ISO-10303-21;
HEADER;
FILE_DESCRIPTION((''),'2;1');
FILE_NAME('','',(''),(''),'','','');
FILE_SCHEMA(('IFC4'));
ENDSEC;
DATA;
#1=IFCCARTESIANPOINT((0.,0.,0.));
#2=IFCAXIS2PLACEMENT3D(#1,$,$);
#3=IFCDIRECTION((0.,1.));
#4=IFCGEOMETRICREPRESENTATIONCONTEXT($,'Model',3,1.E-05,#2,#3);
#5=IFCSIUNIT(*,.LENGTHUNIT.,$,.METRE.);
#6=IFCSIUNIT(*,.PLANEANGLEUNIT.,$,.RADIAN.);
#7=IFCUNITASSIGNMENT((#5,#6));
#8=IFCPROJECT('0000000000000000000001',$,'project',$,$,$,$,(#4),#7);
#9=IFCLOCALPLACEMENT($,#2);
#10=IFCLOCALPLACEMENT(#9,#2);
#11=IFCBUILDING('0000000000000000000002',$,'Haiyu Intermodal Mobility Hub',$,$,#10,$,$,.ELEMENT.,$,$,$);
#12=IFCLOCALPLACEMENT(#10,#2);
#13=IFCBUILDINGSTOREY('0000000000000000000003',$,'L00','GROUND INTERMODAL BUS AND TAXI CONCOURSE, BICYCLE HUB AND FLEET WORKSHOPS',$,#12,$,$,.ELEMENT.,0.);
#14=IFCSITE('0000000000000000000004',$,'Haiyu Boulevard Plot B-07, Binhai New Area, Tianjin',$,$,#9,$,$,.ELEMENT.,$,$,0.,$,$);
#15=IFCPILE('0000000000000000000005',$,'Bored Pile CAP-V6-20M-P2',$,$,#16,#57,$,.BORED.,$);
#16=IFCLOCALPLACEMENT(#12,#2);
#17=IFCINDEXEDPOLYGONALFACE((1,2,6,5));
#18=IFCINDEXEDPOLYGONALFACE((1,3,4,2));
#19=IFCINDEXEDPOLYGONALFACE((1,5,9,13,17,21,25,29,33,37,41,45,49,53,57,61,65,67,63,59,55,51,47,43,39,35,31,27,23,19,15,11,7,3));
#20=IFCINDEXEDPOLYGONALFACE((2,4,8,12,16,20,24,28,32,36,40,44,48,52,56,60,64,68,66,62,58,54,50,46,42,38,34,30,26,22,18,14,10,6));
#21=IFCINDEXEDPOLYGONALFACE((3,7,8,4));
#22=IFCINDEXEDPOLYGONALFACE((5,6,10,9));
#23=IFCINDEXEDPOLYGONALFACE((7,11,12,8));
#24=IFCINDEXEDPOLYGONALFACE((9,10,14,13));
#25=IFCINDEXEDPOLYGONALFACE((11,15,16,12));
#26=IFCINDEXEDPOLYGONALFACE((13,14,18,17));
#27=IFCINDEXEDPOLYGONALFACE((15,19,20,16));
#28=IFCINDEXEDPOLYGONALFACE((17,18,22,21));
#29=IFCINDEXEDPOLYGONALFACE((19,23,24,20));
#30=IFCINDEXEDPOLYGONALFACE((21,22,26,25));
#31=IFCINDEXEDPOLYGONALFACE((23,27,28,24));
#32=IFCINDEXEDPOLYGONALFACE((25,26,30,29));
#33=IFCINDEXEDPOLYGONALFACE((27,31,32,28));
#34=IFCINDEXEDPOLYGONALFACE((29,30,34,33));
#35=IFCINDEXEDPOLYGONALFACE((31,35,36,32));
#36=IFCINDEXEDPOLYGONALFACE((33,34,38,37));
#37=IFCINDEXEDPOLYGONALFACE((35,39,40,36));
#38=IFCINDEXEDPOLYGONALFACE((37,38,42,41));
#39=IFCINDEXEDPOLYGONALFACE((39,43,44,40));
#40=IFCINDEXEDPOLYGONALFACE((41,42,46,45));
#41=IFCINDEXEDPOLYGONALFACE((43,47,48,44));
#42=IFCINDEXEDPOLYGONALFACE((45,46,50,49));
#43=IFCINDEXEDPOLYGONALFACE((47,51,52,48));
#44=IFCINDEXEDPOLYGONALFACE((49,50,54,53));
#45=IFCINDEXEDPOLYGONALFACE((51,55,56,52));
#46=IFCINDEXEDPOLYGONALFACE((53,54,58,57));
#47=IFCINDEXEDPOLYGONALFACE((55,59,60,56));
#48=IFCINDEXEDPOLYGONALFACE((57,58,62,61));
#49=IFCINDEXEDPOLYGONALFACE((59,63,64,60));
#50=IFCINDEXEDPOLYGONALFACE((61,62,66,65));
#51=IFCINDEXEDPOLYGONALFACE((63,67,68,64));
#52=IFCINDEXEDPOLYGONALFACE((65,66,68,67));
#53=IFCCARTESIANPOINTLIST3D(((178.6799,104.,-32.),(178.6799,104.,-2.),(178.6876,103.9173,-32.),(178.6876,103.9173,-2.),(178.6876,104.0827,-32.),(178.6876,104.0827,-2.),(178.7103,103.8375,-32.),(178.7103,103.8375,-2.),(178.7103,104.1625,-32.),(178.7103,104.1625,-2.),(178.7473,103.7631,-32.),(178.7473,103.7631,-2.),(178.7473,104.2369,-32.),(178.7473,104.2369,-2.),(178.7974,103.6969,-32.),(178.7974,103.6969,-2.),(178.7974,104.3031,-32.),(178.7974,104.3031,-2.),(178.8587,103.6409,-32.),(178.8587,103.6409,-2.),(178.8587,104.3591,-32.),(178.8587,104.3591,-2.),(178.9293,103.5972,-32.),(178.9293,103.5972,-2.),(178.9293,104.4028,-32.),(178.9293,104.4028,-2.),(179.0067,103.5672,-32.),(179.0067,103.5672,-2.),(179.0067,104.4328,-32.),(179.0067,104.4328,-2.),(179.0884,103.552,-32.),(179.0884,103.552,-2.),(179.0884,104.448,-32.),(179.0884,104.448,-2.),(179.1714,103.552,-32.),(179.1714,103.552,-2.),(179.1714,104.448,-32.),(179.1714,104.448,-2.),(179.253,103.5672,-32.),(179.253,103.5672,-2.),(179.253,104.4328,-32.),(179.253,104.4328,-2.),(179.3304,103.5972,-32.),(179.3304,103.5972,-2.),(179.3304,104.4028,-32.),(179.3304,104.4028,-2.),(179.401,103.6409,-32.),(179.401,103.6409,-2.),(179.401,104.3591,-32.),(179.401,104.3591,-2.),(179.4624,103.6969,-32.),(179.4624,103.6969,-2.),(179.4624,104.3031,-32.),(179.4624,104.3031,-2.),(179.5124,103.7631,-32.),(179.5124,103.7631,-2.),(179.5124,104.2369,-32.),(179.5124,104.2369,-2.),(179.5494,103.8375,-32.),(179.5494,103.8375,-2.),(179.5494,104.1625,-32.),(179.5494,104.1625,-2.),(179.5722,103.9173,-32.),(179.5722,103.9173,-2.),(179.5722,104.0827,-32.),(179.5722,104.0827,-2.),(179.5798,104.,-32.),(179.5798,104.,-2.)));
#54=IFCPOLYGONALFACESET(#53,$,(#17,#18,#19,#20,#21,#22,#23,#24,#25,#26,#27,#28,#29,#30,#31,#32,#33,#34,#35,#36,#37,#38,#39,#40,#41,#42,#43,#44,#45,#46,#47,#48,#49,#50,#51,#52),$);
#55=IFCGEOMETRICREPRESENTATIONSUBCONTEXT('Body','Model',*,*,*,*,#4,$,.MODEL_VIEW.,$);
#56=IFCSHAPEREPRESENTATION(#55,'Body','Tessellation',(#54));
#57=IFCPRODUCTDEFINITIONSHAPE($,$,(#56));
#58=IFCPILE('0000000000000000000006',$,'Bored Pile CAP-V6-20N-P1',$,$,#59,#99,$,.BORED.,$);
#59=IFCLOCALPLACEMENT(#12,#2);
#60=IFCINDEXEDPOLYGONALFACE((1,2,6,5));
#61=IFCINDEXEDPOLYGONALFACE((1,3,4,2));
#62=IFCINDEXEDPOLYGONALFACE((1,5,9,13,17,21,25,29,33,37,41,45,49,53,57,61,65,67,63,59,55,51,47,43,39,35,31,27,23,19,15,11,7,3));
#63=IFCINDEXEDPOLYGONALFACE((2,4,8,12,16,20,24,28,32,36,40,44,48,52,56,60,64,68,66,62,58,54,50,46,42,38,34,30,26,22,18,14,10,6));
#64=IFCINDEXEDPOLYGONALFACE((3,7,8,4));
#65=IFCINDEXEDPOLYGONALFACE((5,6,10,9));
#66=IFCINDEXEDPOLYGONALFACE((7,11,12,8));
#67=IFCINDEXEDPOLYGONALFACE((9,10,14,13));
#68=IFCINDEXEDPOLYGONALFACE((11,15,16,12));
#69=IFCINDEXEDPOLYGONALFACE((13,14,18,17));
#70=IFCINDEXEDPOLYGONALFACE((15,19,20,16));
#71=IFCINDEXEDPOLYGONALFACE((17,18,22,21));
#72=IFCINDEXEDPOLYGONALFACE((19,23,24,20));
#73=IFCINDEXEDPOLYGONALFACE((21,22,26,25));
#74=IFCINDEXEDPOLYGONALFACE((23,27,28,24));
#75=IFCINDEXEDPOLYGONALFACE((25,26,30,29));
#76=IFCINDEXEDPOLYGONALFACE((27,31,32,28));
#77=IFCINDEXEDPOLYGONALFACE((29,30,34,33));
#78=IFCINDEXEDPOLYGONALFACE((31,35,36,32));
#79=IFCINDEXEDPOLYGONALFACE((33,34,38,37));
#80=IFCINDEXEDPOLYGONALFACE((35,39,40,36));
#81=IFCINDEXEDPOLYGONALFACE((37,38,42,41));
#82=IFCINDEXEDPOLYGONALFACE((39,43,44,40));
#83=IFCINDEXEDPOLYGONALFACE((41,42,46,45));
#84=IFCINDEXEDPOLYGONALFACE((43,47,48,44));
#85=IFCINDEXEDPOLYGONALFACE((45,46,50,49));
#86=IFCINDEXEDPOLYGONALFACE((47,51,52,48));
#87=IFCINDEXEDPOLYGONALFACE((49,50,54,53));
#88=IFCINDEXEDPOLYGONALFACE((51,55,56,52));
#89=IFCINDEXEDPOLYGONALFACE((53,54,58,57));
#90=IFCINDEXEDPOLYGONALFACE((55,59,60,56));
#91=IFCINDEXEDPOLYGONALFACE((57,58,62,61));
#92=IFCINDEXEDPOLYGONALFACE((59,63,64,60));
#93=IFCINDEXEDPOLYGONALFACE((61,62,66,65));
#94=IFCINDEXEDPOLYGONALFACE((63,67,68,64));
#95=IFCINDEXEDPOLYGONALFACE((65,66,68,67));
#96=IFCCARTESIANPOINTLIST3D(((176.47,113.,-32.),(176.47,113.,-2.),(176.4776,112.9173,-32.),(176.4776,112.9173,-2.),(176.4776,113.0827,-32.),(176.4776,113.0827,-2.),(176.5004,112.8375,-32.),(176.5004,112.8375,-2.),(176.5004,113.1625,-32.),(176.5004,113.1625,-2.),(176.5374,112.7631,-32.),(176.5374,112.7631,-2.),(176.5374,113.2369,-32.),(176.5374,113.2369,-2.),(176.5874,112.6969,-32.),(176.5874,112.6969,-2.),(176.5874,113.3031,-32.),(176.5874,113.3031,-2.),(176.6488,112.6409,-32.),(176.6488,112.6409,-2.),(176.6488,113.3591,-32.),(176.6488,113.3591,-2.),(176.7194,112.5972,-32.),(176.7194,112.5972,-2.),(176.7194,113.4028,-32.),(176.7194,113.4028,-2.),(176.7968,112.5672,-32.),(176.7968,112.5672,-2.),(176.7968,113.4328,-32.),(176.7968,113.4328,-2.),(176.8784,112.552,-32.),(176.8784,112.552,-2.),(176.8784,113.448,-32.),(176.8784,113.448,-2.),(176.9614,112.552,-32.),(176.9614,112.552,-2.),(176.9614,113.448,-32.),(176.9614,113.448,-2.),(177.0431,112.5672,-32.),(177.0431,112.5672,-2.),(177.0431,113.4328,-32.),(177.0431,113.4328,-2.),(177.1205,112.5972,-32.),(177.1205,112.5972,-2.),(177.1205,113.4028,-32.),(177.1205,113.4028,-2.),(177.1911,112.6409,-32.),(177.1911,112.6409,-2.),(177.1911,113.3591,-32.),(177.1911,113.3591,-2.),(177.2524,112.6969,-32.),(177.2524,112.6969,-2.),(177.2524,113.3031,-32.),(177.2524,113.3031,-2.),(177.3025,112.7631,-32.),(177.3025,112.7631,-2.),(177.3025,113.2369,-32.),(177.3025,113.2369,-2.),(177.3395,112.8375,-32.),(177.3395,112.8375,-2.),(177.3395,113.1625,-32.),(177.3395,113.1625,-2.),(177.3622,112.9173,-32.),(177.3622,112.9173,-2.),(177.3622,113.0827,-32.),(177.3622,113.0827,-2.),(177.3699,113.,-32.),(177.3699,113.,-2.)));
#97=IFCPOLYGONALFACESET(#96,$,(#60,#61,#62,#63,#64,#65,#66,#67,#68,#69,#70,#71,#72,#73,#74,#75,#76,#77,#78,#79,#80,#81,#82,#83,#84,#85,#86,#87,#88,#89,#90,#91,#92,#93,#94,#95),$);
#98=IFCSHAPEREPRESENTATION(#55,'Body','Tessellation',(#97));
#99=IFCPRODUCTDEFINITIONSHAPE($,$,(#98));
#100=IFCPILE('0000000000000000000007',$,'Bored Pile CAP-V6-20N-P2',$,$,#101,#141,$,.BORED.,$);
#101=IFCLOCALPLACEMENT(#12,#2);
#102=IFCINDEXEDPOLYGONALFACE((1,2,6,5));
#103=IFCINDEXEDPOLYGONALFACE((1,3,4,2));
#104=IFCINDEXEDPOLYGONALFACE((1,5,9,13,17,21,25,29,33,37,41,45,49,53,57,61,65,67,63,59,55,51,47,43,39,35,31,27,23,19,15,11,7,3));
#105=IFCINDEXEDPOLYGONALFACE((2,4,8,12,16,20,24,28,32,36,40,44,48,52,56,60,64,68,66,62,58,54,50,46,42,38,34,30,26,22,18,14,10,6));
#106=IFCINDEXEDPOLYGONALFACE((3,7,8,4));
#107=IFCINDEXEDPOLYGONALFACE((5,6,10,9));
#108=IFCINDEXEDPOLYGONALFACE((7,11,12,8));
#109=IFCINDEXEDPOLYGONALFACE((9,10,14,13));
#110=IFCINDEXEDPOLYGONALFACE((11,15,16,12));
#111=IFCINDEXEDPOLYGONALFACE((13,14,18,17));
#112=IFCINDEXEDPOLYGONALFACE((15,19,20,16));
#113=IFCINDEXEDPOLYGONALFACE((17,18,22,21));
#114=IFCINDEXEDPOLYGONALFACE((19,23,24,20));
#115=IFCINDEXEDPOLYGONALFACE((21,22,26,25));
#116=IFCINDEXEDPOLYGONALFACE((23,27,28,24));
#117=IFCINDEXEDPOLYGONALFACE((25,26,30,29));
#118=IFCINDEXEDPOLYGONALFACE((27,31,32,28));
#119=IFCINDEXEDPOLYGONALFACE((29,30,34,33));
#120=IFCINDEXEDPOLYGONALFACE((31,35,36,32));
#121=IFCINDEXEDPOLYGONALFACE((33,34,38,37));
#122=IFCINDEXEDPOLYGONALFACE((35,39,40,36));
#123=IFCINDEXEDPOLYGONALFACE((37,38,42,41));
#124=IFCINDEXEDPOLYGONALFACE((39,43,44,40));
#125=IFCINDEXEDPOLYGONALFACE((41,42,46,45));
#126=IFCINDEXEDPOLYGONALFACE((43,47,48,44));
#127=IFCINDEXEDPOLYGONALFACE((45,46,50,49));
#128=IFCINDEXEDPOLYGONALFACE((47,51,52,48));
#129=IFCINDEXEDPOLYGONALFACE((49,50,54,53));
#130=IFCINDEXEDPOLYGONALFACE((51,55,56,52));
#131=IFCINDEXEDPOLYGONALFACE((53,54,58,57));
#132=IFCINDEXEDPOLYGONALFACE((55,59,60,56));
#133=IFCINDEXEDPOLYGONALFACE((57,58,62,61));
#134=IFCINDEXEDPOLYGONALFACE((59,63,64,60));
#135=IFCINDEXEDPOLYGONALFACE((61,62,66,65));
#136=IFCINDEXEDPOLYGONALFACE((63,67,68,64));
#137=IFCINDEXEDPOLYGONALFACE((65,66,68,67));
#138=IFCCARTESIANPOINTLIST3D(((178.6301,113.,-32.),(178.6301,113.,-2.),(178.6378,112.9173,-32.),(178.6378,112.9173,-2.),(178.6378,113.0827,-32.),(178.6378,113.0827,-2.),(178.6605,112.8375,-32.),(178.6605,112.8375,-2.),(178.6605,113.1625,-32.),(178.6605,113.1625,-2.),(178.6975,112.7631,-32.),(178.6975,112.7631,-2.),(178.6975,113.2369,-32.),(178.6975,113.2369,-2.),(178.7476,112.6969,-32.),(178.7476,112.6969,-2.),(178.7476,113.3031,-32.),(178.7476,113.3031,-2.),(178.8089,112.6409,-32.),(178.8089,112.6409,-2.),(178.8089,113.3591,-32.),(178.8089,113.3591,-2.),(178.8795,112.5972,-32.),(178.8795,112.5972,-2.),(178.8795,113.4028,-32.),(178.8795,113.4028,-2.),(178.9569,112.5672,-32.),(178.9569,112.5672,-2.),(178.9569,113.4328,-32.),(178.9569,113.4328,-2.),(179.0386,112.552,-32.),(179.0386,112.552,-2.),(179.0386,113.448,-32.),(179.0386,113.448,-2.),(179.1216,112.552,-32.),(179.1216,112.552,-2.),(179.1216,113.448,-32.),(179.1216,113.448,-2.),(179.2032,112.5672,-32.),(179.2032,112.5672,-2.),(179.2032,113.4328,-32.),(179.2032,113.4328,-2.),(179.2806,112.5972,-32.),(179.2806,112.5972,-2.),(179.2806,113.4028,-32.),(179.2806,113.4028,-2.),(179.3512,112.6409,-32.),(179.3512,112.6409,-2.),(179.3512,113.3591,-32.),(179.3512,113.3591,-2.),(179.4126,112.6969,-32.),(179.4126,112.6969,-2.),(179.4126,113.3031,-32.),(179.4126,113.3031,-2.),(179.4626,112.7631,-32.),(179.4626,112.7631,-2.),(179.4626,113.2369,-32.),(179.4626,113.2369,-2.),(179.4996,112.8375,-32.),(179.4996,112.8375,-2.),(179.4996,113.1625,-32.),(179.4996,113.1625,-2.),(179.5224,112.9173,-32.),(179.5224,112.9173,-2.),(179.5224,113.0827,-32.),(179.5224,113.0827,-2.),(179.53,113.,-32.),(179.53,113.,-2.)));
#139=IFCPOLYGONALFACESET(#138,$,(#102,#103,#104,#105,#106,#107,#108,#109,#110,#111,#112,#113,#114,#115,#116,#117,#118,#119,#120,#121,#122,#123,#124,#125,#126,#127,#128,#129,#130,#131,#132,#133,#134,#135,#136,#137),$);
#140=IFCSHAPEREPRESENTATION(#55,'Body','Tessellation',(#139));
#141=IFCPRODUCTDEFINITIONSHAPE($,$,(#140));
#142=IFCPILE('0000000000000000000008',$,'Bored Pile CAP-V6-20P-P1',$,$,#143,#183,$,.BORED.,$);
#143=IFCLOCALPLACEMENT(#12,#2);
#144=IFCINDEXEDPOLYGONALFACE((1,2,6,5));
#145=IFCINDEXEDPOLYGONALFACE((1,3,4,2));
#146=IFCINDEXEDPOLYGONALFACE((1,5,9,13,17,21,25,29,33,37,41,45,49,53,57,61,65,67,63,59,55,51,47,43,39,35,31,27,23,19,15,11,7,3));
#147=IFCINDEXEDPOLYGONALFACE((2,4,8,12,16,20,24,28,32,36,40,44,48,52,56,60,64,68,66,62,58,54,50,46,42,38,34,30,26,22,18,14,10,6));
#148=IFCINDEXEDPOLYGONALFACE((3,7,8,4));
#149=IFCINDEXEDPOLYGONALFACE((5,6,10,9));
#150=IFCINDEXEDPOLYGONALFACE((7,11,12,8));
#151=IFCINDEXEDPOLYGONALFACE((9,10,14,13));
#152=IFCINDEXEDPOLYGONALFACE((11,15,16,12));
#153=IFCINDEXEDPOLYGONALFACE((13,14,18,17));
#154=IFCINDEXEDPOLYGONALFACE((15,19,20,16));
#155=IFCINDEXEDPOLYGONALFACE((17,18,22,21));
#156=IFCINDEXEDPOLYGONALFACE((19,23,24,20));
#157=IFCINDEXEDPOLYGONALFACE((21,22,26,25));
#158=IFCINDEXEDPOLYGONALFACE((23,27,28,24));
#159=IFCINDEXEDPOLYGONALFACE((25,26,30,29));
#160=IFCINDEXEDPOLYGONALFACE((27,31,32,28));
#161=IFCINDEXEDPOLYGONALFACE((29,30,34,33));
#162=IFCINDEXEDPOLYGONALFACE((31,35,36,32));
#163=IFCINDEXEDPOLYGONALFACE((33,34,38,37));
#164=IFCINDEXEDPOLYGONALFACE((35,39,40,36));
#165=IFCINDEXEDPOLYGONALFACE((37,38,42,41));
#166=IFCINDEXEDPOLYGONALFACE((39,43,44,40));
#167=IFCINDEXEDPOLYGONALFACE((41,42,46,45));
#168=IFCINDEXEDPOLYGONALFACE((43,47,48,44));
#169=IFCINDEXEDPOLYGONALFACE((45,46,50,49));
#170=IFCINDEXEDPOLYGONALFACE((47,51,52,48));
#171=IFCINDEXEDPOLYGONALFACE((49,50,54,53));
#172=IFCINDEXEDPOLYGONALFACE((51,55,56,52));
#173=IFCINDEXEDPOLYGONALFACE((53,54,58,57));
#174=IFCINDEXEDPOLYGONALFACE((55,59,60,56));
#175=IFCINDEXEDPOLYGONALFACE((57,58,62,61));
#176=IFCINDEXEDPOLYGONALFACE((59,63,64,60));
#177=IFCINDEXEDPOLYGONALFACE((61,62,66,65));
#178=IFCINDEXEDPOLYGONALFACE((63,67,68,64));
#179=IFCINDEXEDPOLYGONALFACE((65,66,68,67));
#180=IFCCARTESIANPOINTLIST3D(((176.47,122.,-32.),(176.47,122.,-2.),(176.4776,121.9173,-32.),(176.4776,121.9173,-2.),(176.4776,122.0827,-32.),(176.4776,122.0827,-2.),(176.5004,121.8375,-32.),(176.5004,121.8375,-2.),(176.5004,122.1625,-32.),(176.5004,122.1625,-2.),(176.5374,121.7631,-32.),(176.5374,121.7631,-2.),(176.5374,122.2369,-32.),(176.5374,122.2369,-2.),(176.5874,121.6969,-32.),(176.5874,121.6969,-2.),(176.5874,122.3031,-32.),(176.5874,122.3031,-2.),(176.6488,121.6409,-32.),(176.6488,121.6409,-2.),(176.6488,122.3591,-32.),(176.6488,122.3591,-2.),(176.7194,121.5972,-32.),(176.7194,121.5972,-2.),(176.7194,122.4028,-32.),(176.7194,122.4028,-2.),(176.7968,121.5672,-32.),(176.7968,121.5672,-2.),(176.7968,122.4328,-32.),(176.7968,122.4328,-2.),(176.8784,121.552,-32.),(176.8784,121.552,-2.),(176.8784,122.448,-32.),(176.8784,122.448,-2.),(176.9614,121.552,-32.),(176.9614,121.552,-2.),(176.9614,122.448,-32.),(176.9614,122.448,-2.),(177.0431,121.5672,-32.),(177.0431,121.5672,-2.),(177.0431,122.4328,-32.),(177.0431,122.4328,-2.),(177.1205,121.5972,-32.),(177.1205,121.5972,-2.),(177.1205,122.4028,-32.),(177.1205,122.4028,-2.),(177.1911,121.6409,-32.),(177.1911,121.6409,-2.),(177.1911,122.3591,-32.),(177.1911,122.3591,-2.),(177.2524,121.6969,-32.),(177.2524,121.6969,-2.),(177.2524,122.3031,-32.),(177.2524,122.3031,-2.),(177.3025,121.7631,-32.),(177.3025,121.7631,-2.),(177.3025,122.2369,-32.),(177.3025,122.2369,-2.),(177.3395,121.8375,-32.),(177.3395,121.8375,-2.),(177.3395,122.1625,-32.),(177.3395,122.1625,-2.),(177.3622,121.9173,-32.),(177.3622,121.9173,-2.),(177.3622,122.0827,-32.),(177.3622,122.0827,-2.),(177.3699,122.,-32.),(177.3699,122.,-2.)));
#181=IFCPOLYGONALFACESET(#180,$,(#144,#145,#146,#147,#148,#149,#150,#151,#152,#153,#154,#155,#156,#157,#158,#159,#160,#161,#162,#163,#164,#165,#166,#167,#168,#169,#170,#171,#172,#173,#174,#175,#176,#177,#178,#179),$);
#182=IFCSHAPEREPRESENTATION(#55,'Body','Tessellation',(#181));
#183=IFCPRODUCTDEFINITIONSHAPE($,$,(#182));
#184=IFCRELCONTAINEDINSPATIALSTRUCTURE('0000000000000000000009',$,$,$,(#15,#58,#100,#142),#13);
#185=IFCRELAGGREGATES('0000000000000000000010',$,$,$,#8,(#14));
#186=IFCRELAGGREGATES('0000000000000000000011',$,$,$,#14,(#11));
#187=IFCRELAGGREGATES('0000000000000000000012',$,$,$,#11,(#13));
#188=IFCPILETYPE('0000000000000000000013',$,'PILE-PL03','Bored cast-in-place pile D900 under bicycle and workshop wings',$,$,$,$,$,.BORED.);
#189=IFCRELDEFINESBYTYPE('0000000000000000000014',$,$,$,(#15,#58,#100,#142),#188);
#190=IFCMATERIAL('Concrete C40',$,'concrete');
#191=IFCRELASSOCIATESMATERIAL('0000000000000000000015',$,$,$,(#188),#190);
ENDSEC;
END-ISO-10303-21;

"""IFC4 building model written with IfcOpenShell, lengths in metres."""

from ifc_helpers import new_model, si_unit, direction, frame, origin, origin_2d, place, context, subcontext, project, spatial, circle, extrude, material, material_profile, profile_set, type_object, element, save


model = new_model("IFC4")

# Units and contexts
model_context = context("Model", 3, precision=1e-05, world=origin(), true_north=direction((0.0, 1.0)))
body_context = subcontext(model_context, "Body", "Model", "MODEL_VIEW")
ifc_project = project(units=[si_unit("LENGTHUNIT", "METRE"), si_unit("PLANEANGLEUNIT", "RADIAN")], contexts=[model_context])

# Site, building, storey
site_placement = place(None, origin())
site = spatial("IfcSite", under=ifc_project, at=site_placement, Name="Haiyu Boulevard Plot B-07, Binhai New Area, Tianjin", CompositionType="ELEMENT", RefElevation=0.0)
building_placement = place(site_placement, origin())
building = spatial("IfcBuilding", under=site, at=building_placement, Name="Haiyu Intermodal Mobility Hub", CompositionType="ELEMENT")
storey_placement = place(building_placement, origin())
storey = spatial("IfcBuildingStorey", under=building, at=storey_placement, Name="L00", Description="GROUND INTERMODAL BUS AND TAXI CONCOURSE, BICYCLE HUB AND FLEET WORKSHOPS", CompositionType="ELEMENT", Elevation=0.0)

# Shared definitions
ifc_material_1 = material(Name="Concrete C40", Category="concrete")

# Piles
ifc_material_profile_1 = material_profile(ifc_material_1, circle(Radius=0.45, at=origin_2d()), Name="PILE-D900")
ifc_profile_set_1 = profile_set([ifc_material_profile_1], Name="Concrete C40")
pile_type = type_object("IfcPileType", Name="PILE-PL03", Description="Bored cast-in-place pile D900 under bicycle and workshop wings", PredefinedType="BORED", material=ifc_profile_set_1)
for number, where, z_axis, x_axis, name in (
    (1, (179.1299, 104.0, -2.0), (0.0, 0.0, -1.0), (1.0, 0.0, 0.0), "Bored Pile CAP-V6-20M-P2"),
    (2, (176.9199, 113.0, -2.0), (0.0, 0.0, -1.0), (1.0, 0.0, 0.0), "Bored Pile CAP-V6-20N-P1"),
    (3, (179.0801, 113.0, -2.0), (0.0, 0.0, -1.0), (1.0, 0.0, 0.0), "Bored Pile CAP-V6-20N-P2"),
    (4, (176.9199, 122.0, -2.0), (0.0, 0.0, -1.0), (1.0, 0.0, 0.0), "Bored Pile CAP-V6-20P-P1"),
):
    element("IfcPile", number, at=place(storey_placement, frame(where, z_axis=z_axis, x_axis=x_axis)), inside=storey, type_object=pile_type, Name=name, PredefinedType="BORED", context=body_context, shape_type="SweptSolid", body=[
        extrude(circle(Radius=0.45, at=origin_2d()), origin(), (0.0, 0.0, 1.0), 30.0),
    ])

save(model, "model.ifc")
